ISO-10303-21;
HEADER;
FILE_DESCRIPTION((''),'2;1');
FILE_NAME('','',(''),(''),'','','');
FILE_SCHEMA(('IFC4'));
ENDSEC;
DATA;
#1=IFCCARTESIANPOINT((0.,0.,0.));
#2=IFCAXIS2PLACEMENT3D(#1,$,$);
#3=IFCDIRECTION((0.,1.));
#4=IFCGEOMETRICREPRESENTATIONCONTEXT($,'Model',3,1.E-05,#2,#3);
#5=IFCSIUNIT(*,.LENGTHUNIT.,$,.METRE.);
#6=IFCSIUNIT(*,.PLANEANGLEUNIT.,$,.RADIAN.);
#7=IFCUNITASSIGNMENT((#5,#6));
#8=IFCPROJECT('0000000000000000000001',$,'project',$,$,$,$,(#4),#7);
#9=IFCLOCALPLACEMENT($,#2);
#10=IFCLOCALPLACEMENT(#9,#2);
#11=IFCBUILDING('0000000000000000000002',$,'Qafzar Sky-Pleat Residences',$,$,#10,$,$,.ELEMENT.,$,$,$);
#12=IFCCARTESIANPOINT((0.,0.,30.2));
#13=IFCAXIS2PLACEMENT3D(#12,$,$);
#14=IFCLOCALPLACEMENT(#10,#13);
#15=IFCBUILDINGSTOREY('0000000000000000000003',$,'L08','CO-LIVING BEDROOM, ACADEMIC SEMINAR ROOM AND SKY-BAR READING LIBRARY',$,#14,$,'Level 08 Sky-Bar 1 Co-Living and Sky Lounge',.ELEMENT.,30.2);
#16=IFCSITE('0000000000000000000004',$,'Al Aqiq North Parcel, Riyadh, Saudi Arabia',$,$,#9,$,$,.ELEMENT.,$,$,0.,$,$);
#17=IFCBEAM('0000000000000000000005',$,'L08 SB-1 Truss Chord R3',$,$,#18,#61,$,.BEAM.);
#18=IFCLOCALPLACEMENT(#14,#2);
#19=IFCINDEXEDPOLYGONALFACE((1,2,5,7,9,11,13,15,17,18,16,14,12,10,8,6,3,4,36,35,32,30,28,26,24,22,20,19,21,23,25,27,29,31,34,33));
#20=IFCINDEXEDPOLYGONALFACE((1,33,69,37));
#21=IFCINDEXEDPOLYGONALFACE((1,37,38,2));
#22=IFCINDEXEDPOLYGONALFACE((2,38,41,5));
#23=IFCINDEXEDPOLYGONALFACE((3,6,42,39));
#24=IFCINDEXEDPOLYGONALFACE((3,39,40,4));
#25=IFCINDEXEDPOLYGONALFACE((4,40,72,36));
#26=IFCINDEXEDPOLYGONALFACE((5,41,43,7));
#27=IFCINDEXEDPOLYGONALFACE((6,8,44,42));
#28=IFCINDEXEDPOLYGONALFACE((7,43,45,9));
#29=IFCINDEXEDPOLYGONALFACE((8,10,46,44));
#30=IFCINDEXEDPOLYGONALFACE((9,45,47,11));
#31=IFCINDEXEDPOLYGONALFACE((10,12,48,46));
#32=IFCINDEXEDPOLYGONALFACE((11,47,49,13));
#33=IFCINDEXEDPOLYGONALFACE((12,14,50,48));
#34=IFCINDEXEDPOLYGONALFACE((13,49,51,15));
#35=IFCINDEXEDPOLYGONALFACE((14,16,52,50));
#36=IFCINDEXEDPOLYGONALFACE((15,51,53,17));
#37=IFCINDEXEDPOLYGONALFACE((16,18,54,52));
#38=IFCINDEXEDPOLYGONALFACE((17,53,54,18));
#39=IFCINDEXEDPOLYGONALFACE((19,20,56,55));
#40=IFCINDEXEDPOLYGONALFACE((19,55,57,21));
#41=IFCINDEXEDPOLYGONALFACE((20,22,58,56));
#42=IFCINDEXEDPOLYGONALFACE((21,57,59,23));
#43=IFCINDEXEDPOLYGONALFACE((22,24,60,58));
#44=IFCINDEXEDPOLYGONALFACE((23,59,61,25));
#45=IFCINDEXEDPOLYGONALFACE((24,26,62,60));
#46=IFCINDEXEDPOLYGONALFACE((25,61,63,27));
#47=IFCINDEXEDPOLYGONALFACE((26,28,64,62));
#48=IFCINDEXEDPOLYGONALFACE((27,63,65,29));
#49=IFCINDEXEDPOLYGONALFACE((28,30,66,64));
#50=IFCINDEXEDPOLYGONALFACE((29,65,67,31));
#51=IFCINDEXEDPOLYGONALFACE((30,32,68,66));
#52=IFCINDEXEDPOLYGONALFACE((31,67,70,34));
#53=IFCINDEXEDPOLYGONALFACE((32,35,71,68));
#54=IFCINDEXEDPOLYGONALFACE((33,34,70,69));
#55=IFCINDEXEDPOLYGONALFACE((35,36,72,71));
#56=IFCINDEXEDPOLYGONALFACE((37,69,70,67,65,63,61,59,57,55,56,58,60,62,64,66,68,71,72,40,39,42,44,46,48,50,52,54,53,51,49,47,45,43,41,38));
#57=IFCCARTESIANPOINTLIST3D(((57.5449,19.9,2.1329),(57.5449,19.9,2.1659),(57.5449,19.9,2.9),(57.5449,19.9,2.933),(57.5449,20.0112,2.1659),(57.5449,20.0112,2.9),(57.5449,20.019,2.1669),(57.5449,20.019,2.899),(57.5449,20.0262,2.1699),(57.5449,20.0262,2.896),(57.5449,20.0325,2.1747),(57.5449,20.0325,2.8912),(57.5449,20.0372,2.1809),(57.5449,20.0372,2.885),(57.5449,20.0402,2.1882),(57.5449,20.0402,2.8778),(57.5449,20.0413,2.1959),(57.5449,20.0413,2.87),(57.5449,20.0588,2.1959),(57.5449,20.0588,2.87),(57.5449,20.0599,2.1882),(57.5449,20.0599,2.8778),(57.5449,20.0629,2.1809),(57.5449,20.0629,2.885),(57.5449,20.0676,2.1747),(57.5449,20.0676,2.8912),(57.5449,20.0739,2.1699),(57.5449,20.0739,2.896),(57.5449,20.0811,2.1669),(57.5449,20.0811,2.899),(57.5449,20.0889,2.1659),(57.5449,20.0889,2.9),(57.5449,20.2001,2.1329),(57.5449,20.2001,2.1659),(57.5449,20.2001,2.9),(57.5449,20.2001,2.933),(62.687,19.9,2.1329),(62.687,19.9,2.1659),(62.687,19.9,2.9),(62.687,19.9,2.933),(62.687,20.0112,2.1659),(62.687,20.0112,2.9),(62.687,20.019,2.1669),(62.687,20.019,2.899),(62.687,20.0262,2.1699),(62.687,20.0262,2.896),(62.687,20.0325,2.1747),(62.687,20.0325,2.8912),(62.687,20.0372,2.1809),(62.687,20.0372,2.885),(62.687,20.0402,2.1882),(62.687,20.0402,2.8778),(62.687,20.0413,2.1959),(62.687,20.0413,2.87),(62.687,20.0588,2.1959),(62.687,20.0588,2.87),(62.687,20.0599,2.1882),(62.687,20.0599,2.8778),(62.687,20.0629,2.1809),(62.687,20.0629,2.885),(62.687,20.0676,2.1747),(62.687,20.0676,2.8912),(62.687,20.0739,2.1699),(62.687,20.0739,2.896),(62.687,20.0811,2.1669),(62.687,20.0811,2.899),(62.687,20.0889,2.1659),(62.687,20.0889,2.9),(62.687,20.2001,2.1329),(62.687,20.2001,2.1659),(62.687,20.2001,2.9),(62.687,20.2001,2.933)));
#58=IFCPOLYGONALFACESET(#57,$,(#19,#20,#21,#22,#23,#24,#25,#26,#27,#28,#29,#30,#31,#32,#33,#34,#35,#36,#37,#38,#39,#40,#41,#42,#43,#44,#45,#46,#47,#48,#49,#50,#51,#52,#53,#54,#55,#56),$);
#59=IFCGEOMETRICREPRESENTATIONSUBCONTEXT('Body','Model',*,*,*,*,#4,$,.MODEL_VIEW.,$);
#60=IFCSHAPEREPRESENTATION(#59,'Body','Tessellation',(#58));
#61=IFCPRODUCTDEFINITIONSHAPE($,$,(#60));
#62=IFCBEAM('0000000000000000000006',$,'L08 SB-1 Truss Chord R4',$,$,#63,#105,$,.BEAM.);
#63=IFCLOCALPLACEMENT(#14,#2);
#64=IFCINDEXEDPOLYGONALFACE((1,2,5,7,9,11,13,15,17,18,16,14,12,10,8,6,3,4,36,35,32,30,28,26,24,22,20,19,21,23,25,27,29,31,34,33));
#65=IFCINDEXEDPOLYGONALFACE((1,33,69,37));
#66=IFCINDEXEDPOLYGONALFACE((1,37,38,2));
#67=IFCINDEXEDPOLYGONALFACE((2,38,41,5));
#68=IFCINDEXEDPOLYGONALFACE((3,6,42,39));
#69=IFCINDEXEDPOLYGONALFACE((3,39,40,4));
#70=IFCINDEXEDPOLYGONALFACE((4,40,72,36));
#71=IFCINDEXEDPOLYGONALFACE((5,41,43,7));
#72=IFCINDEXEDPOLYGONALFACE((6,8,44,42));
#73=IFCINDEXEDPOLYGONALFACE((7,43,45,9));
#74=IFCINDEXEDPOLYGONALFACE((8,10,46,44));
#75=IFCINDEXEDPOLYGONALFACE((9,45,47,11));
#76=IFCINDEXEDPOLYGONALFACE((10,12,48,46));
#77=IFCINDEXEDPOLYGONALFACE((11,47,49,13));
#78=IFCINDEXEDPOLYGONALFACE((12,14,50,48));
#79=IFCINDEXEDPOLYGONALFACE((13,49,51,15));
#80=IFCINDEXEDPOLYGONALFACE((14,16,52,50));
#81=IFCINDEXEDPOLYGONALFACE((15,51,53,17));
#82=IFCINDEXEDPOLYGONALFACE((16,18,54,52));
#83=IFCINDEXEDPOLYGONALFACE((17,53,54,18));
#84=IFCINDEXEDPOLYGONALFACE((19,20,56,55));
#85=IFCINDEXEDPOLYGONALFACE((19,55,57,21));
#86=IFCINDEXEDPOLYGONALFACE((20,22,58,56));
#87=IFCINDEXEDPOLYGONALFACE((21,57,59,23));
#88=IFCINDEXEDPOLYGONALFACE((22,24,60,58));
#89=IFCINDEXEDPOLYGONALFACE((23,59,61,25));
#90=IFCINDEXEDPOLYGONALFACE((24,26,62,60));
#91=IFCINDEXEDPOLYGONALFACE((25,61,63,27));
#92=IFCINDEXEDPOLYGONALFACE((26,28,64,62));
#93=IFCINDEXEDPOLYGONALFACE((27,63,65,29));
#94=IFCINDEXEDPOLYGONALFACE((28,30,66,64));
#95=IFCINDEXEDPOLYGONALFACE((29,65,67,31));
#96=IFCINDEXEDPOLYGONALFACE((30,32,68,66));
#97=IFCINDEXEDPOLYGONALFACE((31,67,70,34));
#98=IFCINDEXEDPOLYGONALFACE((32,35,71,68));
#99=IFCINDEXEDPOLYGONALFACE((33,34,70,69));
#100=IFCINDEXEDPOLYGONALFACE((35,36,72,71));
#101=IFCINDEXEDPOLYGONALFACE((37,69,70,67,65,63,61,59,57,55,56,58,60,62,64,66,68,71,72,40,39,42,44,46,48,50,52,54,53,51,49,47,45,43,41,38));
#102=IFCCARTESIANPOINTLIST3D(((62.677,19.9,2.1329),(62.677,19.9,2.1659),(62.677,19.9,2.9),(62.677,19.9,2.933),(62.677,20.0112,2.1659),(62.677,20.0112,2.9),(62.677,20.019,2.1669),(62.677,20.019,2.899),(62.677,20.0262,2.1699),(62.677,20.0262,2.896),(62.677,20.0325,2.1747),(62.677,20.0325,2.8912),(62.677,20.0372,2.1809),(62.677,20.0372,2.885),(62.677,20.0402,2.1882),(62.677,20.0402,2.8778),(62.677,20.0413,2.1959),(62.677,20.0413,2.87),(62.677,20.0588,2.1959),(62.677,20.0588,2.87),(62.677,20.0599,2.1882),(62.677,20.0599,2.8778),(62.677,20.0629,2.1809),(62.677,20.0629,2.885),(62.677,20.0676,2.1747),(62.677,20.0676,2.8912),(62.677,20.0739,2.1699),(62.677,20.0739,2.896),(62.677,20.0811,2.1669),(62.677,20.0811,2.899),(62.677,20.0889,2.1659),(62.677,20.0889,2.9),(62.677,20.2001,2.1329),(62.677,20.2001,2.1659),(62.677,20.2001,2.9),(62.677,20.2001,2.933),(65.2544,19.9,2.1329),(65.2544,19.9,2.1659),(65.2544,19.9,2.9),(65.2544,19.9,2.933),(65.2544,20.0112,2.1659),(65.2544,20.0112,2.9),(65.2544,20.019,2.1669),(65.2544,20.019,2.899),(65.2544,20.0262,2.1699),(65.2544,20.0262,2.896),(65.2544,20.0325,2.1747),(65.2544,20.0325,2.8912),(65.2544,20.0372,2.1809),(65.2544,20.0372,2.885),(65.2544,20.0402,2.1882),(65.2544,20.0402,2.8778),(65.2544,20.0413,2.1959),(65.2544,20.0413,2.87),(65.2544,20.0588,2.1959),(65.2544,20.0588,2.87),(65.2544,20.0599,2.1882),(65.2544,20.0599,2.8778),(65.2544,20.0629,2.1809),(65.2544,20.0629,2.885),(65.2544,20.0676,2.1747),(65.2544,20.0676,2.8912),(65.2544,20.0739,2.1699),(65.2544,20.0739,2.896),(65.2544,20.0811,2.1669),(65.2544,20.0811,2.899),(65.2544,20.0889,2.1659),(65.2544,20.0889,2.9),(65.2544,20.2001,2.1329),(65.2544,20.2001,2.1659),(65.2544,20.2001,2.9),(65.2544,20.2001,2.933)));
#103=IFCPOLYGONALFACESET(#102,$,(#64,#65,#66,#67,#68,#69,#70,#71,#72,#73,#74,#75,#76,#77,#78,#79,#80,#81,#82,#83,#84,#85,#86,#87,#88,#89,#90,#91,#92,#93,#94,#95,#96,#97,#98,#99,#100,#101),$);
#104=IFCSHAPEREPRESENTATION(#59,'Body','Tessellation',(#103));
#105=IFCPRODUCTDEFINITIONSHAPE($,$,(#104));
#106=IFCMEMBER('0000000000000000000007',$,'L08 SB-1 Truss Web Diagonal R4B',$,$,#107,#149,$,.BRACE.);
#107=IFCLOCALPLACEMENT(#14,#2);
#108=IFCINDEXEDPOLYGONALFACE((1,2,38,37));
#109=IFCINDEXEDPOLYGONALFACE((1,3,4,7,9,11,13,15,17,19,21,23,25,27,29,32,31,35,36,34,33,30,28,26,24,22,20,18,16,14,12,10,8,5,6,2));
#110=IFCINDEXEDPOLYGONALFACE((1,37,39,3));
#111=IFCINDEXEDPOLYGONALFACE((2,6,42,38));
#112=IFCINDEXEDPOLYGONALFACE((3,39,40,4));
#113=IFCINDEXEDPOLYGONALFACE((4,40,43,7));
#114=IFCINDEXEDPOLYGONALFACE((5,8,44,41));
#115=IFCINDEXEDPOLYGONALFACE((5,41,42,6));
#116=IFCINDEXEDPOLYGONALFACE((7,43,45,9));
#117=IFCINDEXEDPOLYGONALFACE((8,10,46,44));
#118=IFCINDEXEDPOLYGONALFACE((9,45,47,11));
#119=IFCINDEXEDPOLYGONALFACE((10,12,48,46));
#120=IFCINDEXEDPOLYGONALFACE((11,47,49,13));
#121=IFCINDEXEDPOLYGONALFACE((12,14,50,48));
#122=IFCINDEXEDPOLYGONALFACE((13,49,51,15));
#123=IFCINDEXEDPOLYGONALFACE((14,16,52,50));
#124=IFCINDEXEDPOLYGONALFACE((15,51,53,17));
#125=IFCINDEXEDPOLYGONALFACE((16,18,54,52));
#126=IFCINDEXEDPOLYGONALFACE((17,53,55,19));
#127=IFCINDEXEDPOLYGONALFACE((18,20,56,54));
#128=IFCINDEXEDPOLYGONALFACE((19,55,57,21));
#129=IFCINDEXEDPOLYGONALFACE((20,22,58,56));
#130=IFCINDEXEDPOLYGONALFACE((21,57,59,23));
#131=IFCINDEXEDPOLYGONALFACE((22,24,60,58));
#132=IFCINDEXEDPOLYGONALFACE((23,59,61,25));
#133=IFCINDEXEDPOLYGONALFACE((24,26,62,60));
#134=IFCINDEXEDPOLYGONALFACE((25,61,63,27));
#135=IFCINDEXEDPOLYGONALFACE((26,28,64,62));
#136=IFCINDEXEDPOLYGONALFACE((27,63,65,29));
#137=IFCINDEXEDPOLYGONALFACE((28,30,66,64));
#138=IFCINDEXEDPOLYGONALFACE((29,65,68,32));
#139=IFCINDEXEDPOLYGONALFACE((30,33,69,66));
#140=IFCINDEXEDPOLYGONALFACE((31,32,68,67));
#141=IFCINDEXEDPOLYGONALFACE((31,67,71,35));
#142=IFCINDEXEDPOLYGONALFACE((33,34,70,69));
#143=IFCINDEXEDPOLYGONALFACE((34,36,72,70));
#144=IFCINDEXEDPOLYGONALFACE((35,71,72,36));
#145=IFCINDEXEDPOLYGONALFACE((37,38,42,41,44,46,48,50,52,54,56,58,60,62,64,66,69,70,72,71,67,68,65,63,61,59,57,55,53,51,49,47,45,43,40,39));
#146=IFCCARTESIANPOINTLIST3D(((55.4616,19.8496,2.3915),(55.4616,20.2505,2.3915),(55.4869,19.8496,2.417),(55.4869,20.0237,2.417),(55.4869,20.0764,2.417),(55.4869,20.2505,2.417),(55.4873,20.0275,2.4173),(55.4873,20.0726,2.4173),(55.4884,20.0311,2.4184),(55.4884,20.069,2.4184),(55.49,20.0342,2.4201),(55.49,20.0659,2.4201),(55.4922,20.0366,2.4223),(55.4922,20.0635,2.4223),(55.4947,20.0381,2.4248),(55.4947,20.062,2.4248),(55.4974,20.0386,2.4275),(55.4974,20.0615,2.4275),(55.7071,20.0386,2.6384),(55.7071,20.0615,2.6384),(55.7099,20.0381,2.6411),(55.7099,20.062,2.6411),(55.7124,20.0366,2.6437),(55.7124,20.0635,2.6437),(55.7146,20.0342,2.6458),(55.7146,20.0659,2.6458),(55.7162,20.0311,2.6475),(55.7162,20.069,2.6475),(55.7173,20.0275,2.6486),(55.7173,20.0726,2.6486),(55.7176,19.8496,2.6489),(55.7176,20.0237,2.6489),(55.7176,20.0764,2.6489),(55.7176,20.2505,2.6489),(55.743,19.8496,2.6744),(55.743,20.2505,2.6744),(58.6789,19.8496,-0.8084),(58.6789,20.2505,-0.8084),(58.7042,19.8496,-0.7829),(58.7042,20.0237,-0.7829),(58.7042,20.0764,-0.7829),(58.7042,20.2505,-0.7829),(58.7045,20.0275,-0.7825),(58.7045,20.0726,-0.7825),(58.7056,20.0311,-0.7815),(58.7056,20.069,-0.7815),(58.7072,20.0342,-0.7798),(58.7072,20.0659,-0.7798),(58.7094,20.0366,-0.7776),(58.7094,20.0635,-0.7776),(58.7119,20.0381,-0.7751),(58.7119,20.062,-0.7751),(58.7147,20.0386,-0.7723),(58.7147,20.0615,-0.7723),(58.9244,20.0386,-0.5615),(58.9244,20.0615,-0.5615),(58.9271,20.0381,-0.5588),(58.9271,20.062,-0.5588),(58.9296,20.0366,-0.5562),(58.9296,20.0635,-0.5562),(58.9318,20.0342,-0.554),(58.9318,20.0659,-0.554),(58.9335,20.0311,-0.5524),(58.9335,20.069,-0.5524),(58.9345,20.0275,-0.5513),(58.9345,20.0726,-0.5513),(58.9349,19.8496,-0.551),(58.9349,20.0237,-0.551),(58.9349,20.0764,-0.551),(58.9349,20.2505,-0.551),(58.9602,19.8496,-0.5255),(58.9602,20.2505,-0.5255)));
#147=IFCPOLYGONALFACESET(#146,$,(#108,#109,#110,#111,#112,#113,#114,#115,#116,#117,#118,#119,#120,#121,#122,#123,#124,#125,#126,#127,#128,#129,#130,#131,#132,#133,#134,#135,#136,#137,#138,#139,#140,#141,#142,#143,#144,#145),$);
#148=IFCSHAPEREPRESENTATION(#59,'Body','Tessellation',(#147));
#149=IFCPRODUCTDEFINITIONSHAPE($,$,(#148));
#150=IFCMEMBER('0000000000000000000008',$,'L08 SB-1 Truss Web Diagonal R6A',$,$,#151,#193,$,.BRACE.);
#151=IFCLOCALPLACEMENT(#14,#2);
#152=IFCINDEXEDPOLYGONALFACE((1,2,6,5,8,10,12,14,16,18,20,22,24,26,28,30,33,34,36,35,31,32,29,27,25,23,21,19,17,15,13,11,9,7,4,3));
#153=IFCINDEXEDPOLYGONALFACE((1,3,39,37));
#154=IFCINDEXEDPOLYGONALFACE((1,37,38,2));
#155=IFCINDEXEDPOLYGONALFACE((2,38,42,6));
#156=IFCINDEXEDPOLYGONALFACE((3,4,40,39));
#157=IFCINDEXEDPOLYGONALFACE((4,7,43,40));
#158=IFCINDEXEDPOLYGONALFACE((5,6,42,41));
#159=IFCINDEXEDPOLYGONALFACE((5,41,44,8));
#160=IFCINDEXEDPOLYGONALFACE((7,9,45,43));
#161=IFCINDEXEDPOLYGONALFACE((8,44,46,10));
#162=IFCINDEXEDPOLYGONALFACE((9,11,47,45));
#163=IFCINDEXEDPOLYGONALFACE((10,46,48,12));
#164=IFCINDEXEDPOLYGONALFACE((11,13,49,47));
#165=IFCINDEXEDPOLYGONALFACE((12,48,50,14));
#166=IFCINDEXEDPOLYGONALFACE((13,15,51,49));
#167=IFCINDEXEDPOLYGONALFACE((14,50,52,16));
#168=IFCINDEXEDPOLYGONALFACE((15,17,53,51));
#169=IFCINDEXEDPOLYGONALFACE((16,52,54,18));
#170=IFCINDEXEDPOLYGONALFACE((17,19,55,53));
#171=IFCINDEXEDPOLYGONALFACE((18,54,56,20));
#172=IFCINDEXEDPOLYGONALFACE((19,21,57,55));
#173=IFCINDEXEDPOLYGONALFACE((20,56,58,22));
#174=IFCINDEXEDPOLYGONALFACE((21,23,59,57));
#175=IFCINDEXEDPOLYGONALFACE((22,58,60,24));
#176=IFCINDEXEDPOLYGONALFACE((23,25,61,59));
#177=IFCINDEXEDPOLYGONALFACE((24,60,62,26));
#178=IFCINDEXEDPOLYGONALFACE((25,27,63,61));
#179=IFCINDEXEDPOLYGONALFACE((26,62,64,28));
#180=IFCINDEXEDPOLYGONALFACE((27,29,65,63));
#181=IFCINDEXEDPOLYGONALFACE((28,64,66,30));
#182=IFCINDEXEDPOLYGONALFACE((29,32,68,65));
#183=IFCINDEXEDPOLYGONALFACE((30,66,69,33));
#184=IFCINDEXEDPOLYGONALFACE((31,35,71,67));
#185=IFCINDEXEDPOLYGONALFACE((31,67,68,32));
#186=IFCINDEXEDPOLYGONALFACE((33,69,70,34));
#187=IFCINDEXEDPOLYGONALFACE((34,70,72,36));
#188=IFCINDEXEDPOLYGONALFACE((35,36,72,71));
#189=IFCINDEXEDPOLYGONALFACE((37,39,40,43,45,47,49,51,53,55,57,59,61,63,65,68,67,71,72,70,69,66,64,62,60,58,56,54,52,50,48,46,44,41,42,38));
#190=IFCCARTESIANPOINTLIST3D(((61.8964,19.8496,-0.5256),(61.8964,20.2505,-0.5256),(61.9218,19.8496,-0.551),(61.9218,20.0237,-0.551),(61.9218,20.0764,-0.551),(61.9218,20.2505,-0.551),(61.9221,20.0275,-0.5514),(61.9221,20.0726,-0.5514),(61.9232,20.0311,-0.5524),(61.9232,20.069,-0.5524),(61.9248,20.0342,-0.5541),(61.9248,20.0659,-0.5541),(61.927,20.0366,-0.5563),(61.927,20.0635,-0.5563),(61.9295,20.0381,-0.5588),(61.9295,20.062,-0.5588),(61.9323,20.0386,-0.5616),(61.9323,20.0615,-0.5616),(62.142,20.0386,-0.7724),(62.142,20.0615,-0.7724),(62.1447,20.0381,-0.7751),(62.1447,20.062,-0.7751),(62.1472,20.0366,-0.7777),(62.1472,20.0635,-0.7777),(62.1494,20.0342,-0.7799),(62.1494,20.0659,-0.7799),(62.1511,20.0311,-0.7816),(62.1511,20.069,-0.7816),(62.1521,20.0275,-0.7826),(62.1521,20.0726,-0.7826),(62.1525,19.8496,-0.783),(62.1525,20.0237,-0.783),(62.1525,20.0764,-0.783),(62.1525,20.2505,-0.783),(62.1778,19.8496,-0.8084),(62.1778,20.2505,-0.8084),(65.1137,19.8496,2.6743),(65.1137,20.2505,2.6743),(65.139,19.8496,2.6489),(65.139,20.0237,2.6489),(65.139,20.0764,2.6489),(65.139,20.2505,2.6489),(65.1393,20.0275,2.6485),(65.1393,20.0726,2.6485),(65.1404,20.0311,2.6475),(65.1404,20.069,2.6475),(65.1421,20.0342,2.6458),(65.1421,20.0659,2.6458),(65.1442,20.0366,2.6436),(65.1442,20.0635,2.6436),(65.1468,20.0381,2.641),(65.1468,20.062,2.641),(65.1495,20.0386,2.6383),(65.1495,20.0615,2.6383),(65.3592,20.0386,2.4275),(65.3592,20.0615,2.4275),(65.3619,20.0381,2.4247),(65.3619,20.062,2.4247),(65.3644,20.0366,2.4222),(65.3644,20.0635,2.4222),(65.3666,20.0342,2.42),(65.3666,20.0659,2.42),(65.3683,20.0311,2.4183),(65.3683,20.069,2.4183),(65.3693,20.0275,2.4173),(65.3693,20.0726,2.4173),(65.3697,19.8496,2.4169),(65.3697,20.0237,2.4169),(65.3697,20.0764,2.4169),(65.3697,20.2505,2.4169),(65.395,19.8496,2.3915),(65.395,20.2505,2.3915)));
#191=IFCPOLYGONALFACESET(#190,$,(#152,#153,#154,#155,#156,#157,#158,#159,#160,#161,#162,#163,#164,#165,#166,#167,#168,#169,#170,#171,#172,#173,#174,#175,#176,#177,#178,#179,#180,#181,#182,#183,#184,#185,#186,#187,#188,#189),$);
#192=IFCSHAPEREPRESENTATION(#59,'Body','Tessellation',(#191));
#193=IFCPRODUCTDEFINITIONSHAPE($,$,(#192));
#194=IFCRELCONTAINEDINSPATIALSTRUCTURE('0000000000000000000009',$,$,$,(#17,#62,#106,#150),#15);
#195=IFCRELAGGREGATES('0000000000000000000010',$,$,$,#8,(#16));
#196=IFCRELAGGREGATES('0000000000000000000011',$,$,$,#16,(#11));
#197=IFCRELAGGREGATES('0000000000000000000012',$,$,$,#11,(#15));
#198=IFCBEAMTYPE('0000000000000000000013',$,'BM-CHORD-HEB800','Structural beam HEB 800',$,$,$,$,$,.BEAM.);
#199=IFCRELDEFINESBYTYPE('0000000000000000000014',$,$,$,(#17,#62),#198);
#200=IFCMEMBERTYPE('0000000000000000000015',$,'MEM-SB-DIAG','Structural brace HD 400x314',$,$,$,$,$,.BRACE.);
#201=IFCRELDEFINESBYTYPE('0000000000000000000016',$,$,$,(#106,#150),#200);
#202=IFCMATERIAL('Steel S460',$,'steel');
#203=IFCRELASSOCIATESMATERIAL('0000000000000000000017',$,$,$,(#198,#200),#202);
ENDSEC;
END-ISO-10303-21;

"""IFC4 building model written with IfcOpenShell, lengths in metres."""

from ifc_helpers import new_model, si_unit, direction, frame, origin, origin_2d, place, context, subcontext, project, spatial, i_section, extrude, source, transform, mapped, material, material_profile, profile_set, type_object, element, save


model = new_model("IFC4")

# Units and contexts
model_context = context("Model", 3, precision=1e-05, world=origin(), true_north=direction((0.0, 1.0)))
body_context = subcontext(model_context, "Body", "Model", "MODEL_VIEW")
ifc_project = project(units=[si_unit("LENGTHUNIT", "METRE"), si_unit("PLANEANGLEUNIT", "RADIAN")], contexts=[model_context])

# Site, building, storey
site_placement = place(None, origin())
site = spatial("IfcSite", under=ifc_project, at=site_placement, Name="Al Aqiq North Parcel, Riyadh, Saudi Arabia", CompositionType="ELEMENT", RefElevation=0.0)
building_placement = place(site_placement, origin())
building = spatial("IfcBuilding", under=site, at=building_placement, Name="Qafzar Sky-Pleat Residences", CompositionType="ELEMENT")
storey_placement = place(building_placement, frame((0.0, 0.0, 30.2)))
storey = spatial("IfcBuildingStorey", under=building, at=storey_placement, Name="L08", Description="CO-LIVING BEDROOM, ACADEMIC SEMINAR ROOM AND SKY-BAR READING LIBRARY", LongName="Level 08 Sky-Bar 1 Co-Living and Sky Lounge", CompositionType="ELEMENT", Elevation=30.2)

# Beams
ifc_material_1 = material(Name="Steel S460", Category="steel")
ifc_material_profile_1 = material_profile(ifc_material_1, i_section(OverallWidth=0.3, OverallDepth=0.8, WebThickness=0.0176, FlangeThickness=0.033, FilletRadius=0.03, at=origin_2d()), Name="HEB 800")
ifc_profile_set_1 = profile_set([ifc_material_profile_1], Name="Steel S460")
beam_type_1 = type_object("IfcBeamType", Name="BM-CHORD-HEB800", Description="Structural beam HEB 800", PredefinedType="BEAM", material=ifc_profile_set_1)
shared_shape_1 = source(origin(), body_context, "Body", "SweptSolid", [
    extrude(i_section(OverallWidth=0.3, OverallDepth=0.8, WebThickness=0.0176, FlangeThickness=0.033, FilletRadius=0.03, at=origin_2d()), origin(), (0.0, 0.0, 1.0), 5.1421),
])
beam_1_placement = place(storey_placement, frame((57.5449, 20.05, 2.533), z_axis=(1.0, 0.0, 0.0), x_axis=(0.0, 1.0, 0.0)))
element("IfcBeam", 1, at=beam_1_placement, inside=storey, type_object=beam_type_1, Name="L08 SB-1 Truss Chord R3", PredefinedType="BEAM", context=body_context, shape_type="MappedRepresentation", body=[
    mapped(shared_shape_1, transform((0.0, 0.0, 0.0), x_axis=(1.0, 0.0, 0.0), y_axis=(0.0, 1.0, 0.0), z_axis=(0.0, 0.0, 1.0), scale=1.0)),
])
shared_shape_2 = source(origin(), body_context, "Body", "SweptSolid", [
    extrude(i_section(OverallWidth=0.3, OverallDepth=0.8, WebThickness=0.0176, FlangeThickness=0.033, FilletRadius=0.03, at=origin_2d()), origin(), (0.0, 0.0, 1.0), 2.5774),
])
beam_2_placement = place(storey_placement, frame((62.677, 20.05, 2.533), z_axis=(1.0, 0.0, 0.0), x_axis=(0.0, 1.0, 0.0)))
element("IfcBeam", 2, at=beam_2_placement, inside=storey, type_object=beam_type_1, Name="L08 SB-1 Truss Chord R4", PredefinedType="BEAM", context=body_context, shape_type="MappedRepresentation", body=[
    mapped(shared_shape_2, transform((0.0, 0.0, 0.0), x_axis=(1.0, 0.0, 0.0), y_axis=(0.0, 1.0, 0.0), z_axis=(0.0, 0.0, 1.0), scale=1.0)),
])

# Members
ifc_material_profile_2 = material_profile(ifc_material_1, i_section(OverallWidth=0.4009, OverallDepth=0.3989, WebThickness=0.0229, FlangeThickness=0.0359, FilletRadius=0.0149, at=origin_2d()), Name="HD 400x314")
ifc_profile_set_2 = profile_set([ifc_material_profile_2], Name="Steel S460")
member_type_1 = type_object("IfcMemberType", Name="MEM-SB-DIAG", Description="Structural brace HD 400x314", PredefinedType="BRACE", material=ifc_profile_set_2)
shared_shape_3 = source(origin(), body_context, "Body", "SweptSolid", [
    extrude(i_section(OverallWidth=0.4009, OverallDepth=0.3989, WebThickness=0.0229, FlangeThickness=0.0359, FilletRadius=0.0149, at=origin_2d()), origin(), (0.0, 0.0, 1.0), 4.5376),
])
for number, where, z_axis, x_axis, name in (
    (3, (55.6023, 20.05, 2.533), (0.709014, 0.0, -0.705194), (0.0, 1.0, 0.0), "L08 SB-1 Truss Web Diagonal R4B"),
    (4, (62.0371, 20.05, -0.667), (0.709014, 0.0, 0.705194), (0.0, 1.0, 0.0), "L08 SB-1 Truss Web Diagonal R6A"),
):
    element("IfcMember", number, at=place(storey_placement, frame(where, z_axis=z_axis, x_axis=x_axis)), inside=storey, type_object=member_type_1, Name=name, PredefinedType="BRACE", context=body_context, shape_type="MappedRepresentation", body=[
        mapped(shared_shape_3, transform((0.0, 0.0, 0.0), x_axis=(1.0, 0.0, 0.0), y_axis=(0.0, 1.0, 0.0), z_axis=(0.0, 0.0, 1.0), scale=1.0)),
    ])

save(model, "model.ifc")
